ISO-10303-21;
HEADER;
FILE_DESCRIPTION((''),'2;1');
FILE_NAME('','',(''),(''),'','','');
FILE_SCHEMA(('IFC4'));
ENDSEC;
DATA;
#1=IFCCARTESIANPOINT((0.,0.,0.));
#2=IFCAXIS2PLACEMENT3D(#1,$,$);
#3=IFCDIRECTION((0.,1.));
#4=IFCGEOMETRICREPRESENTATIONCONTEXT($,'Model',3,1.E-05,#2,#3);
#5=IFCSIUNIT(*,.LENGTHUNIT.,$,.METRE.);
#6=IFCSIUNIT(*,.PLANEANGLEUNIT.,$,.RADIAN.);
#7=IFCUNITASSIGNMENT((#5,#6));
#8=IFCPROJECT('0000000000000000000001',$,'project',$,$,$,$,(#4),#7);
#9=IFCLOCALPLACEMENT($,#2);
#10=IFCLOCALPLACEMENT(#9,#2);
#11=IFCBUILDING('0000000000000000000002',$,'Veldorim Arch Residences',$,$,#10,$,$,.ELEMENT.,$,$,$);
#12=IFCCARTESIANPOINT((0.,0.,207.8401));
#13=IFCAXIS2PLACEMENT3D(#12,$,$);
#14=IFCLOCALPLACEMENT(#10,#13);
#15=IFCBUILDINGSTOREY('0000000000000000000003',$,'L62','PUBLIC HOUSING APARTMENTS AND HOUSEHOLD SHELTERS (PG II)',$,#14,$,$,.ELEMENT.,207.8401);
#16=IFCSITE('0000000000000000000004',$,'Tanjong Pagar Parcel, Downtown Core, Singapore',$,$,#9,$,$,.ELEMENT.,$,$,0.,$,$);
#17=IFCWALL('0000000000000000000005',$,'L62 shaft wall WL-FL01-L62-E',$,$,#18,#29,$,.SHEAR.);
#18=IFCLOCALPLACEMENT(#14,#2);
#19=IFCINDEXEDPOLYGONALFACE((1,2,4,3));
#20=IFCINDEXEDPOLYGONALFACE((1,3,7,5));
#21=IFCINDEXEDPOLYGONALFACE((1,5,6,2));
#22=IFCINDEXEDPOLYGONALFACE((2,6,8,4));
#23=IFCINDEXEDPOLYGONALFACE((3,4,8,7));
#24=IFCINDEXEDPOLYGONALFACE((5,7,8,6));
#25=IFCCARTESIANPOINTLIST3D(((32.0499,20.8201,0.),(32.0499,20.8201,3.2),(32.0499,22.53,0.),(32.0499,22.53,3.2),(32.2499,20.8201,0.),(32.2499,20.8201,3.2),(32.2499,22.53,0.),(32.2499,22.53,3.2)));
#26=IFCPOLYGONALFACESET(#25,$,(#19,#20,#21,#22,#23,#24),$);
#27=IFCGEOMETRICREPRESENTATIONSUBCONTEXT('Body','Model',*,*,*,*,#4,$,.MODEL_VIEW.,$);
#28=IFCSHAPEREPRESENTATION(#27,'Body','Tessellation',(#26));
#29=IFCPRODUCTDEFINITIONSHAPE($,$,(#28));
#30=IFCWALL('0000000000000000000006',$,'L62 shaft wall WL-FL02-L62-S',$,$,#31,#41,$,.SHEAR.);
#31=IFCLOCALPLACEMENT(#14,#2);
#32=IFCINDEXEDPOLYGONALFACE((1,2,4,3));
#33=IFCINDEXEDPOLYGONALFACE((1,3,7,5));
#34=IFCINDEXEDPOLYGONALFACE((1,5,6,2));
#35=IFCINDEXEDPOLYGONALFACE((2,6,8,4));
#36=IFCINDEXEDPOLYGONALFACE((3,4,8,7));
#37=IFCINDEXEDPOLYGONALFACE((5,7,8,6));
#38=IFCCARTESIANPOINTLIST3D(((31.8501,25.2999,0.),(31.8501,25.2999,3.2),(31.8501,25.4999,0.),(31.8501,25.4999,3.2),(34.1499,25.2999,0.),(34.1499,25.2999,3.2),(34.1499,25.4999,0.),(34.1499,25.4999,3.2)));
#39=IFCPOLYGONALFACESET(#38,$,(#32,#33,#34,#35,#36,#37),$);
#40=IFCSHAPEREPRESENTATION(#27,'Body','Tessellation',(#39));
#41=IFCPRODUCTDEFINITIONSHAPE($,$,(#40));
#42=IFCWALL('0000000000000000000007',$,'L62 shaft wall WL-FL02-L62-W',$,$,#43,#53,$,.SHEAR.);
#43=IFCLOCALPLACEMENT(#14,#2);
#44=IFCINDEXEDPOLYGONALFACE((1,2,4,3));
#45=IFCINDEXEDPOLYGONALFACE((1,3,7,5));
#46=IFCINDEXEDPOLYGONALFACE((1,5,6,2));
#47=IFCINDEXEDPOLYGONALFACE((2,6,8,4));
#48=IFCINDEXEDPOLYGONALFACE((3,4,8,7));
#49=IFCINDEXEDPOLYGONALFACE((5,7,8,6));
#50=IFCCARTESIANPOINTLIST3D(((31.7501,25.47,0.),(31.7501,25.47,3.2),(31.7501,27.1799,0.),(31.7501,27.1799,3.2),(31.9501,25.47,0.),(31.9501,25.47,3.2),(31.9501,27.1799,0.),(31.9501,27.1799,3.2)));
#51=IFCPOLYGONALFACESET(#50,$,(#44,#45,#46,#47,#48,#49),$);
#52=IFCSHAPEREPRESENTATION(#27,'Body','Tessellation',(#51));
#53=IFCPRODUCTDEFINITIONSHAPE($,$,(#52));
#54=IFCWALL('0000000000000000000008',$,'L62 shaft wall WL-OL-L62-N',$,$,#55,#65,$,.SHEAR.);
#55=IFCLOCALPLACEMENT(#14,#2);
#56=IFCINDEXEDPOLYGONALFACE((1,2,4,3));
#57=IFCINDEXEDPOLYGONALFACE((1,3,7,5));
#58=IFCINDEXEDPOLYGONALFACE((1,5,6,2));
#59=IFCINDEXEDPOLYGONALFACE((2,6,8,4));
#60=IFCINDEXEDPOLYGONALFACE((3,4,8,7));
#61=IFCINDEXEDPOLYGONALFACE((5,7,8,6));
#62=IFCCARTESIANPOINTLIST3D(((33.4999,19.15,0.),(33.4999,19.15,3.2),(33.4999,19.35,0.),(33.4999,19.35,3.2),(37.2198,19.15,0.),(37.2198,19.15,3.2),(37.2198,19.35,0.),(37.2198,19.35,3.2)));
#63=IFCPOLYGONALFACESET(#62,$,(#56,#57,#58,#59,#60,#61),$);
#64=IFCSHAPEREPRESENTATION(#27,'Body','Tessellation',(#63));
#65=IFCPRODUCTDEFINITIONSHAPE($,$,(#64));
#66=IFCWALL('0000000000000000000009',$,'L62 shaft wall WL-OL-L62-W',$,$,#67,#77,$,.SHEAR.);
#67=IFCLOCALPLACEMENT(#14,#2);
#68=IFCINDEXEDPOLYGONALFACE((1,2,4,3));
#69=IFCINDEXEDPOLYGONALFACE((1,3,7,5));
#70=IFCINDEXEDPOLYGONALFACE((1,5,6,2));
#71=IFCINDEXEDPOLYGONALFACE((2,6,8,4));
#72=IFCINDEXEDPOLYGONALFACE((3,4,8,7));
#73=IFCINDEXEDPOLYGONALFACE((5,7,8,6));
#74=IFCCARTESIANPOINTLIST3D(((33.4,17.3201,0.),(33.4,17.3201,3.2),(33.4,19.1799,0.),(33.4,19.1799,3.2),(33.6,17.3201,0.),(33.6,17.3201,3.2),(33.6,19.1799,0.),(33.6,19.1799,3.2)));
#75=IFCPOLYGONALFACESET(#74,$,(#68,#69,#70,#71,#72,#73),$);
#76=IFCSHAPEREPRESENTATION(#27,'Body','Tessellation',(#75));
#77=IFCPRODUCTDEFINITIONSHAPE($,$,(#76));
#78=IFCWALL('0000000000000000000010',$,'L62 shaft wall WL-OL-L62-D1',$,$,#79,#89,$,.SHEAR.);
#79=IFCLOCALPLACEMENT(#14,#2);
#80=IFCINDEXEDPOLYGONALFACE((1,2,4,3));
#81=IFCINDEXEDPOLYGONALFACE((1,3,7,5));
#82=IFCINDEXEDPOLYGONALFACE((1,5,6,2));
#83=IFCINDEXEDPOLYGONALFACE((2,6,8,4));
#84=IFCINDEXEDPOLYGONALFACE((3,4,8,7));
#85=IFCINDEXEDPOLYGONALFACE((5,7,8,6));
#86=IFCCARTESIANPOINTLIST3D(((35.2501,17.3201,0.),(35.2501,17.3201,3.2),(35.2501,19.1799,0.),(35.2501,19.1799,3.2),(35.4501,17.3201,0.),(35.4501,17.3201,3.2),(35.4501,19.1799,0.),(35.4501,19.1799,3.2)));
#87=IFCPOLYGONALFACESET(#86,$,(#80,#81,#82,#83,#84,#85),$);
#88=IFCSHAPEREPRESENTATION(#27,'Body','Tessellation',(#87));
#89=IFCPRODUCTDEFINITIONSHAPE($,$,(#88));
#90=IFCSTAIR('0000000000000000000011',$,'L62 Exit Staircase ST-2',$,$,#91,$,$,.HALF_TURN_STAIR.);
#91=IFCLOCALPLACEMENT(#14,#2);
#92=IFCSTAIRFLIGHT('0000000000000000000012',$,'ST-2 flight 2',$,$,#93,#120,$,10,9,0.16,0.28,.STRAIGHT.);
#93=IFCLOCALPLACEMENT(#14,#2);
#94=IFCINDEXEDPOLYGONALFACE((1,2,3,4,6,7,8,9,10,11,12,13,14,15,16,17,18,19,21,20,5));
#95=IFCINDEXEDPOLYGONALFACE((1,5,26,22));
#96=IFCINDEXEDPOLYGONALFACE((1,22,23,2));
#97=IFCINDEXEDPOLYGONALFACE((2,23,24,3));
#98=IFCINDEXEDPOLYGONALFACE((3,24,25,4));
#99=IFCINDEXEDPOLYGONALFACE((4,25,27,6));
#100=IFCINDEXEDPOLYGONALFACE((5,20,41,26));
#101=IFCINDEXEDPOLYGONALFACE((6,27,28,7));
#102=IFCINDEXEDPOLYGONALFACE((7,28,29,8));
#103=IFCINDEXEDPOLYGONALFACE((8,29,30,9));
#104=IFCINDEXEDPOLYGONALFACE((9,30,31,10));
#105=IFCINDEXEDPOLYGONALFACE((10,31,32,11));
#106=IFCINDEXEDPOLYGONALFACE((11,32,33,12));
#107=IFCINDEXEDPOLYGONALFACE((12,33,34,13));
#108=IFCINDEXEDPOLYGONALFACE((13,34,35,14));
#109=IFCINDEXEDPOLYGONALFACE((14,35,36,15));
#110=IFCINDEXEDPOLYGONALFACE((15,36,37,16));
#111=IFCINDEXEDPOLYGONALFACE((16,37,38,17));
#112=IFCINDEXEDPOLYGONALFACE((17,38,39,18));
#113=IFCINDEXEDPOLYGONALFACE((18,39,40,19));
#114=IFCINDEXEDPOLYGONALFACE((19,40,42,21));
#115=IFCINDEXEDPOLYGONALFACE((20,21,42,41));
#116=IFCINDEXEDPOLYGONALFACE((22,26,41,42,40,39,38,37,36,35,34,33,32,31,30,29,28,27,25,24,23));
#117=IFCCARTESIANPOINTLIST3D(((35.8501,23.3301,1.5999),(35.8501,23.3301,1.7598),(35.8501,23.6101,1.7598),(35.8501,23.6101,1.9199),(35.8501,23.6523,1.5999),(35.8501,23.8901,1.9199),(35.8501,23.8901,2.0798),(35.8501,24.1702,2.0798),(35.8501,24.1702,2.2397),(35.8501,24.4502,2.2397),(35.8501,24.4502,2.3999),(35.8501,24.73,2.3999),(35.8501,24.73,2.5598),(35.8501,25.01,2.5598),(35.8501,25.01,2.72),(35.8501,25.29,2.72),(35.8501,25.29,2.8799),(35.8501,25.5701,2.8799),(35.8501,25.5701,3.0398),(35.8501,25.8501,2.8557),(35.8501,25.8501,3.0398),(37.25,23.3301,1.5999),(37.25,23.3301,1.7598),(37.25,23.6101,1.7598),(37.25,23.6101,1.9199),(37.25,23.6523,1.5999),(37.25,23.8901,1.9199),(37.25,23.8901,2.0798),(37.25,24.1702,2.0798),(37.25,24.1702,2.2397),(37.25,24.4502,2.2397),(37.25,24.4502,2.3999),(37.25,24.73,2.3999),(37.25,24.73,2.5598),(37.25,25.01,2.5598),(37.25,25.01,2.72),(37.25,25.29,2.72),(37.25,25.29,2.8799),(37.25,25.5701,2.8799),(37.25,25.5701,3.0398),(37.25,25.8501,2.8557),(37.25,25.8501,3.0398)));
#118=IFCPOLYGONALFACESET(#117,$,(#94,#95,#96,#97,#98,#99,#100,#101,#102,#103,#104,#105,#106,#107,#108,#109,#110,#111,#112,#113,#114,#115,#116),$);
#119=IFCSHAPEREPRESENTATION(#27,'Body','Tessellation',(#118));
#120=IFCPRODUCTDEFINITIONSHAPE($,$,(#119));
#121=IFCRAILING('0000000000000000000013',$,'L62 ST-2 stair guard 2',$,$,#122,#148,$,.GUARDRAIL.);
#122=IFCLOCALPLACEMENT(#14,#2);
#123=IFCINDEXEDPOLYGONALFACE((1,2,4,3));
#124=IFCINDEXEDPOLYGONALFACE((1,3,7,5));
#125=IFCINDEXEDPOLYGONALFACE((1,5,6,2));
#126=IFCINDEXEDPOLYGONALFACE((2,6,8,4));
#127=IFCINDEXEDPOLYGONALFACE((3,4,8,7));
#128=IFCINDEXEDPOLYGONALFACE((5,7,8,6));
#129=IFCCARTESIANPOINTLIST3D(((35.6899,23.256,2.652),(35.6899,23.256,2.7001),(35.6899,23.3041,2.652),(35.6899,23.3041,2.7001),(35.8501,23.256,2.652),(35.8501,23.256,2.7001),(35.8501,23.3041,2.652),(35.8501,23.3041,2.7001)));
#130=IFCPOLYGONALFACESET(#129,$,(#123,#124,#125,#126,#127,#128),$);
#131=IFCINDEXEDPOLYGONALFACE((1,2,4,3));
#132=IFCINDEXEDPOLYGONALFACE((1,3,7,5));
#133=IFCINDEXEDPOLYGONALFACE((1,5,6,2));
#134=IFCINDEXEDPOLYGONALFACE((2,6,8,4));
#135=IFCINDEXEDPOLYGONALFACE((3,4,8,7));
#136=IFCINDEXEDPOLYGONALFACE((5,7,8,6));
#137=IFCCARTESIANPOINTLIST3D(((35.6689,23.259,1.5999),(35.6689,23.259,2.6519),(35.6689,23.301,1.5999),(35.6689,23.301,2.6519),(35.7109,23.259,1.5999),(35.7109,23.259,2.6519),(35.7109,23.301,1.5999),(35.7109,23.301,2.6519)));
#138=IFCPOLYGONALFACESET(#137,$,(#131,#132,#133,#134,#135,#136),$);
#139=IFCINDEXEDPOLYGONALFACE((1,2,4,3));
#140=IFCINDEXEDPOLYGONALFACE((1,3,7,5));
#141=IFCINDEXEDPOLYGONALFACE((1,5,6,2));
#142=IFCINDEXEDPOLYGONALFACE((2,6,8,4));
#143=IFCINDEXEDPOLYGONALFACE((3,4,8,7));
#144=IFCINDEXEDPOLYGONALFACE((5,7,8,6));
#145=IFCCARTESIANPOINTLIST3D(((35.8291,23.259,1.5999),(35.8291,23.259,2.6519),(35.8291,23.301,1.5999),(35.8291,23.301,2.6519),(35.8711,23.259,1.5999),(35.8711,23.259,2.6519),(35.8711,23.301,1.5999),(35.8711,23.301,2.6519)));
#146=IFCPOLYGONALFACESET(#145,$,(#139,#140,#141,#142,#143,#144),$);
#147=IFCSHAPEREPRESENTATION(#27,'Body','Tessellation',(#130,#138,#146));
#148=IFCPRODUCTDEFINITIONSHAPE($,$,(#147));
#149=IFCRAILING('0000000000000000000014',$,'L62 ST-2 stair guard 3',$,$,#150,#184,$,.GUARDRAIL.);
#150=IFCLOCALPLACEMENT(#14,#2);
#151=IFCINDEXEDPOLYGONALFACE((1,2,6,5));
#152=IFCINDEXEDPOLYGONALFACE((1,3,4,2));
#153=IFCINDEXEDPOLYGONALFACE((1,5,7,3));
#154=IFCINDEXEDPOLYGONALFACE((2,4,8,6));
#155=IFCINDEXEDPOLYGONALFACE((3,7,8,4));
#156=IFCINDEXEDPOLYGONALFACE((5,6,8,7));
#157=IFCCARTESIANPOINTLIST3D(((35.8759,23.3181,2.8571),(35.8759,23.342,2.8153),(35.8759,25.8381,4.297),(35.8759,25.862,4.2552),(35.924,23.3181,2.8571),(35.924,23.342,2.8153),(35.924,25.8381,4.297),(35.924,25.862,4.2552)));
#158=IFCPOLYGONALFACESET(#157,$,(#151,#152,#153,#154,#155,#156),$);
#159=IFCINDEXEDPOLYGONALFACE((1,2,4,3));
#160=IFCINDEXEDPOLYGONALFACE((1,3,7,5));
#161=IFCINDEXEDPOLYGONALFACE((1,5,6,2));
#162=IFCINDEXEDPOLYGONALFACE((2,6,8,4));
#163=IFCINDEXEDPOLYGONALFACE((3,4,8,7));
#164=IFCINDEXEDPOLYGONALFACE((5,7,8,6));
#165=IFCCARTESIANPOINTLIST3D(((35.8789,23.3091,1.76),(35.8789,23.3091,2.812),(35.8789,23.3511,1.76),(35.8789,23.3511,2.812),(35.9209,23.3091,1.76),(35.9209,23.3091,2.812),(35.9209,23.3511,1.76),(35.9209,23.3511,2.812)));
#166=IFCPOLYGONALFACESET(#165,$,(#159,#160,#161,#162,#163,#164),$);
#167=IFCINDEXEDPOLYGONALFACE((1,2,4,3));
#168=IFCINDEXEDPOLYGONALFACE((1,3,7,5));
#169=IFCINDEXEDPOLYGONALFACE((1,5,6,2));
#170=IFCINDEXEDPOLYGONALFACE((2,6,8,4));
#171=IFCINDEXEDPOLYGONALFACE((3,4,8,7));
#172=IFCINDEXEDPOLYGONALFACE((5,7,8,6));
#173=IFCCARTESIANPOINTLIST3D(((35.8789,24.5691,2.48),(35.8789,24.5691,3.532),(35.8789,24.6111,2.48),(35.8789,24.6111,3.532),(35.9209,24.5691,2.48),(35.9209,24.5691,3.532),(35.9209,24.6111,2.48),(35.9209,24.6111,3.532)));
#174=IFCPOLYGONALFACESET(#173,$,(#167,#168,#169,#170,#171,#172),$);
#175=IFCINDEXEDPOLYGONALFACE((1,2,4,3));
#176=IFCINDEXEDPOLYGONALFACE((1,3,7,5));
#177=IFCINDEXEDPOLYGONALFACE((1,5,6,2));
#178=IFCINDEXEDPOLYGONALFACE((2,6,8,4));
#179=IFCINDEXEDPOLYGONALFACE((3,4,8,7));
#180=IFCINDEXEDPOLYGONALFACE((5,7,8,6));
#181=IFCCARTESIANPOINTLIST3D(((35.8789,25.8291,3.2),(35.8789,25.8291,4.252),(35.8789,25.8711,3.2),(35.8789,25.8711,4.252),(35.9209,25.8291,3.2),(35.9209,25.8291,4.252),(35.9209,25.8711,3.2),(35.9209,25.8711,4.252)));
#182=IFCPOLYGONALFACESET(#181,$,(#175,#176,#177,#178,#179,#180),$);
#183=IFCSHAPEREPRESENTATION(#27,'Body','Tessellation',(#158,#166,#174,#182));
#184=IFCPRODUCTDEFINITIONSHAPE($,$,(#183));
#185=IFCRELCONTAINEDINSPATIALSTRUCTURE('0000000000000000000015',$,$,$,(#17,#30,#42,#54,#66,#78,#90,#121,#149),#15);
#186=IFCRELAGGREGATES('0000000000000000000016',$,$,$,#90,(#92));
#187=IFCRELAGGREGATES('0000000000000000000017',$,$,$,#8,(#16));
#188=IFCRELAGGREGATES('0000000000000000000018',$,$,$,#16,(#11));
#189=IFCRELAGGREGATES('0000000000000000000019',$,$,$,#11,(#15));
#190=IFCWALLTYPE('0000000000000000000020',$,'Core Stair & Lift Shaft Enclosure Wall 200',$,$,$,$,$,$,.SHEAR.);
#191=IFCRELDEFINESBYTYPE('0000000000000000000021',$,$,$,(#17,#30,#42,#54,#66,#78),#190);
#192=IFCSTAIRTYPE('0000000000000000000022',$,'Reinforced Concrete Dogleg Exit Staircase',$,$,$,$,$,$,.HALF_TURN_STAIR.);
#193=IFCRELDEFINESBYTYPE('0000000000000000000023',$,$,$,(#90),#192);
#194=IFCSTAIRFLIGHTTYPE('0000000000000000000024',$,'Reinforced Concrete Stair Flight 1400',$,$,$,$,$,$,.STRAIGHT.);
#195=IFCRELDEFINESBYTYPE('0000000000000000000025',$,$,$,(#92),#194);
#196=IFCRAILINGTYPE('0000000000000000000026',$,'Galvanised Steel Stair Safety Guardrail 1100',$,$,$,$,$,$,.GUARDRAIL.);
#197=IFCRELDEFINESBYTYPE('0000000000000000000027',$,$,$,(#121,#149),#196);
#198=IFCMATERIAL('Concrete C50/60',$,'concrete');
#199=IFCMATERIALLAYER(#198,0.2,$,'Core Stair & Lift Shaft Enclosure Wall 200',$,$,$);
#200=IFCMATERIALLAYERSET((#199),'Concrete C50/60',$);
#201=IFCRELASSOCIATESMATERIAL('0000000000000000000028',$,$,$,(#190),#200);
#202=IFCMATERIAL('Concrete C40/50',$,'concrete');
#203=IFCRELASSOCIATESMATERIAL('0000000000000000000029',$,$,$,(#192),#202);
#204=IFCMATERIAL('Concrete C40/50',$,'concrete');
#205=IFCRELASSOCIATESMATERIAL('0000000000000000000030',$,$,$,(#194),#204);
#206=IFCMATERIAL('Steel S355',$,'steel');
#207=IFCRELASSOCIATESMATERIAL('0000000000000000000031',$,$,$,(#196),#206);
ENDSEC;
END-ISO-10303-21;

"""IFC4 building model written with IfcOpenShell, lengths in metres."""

from ifc_helpers import new_model, si_unit, direction, frame, frame_2d, origin, origin_2d, place, context, subcontext, project, spatial, polyline, rectangle, outline, extrude, material, layer, layer_set, type_object, element, aggregate, save


model = new_model("IFC4")

# Units and contexts
model_context = context("Model", 3, precision=1e-05, world=origin(), true_north=direction((0.0, 1.0)))
body_context = subcontext(model_context, "Body", "Model", "MODEL_VIEW")
ifc_project = project(units=[si_unit("LENGTHUNIT", "METRE"), si_unit("PLANEANGLEUNIT", "RADIAN")], contexts=[model_context])

# Site, building, storey
site_placement = place(None, origin())
site = spatial("IfcSite", under=ifc_project, at=site_placement, Name="Tanjong Pagar Parcel, Downtown Core, Singapore", CompositionType="ELEMENT", RefElevation=0.0)
building_placement = place(site_placement, origin())
building = spatial("IfcBuilding", under=site, at=building_placement, Name="Veldorim Arch Residences", CompositionType="ELEMENT")
storey_placement = place(building_placement, frame((0.0, 0.0, 207.8401)))
storey = spatial("IfcBuildingStorey", under=building, at=storey_placement, Name="L62", Description="PUBLIC HOUSING APARTMENTS AND HOUSEHOLD SHELTERS (PG II)", CompositionType="ELEMENT", Elevation=207.8401)

# Walls
ifc_material_1 = material(Name="Concrete C50/60", Category="concrete")
ifc_layer_1 = layer(ifc_material_1, 0.2, Name="Core Stair & Lift Shaft Enclosure Wall 200")
ifc_layer_set_1 = layer_set([ifc_layer_1], Name="Concrete C50/60")
wall_type_1 = type_object("IfcWallType", Name="Core Stair & Lift Shaft Enclosure Wall 200", PredefinedType="SHEAR", material=ifc_layer_set_1)
wall_1_placement = place(storey_placement, frame((32.1499, 20.8201, 0.0), z_axis=(0.0, 0.0, 1.0), x_axis=(0.0, 1.0, 0.0)))
element("IfcWall", 1, at=wall_1_placement, inside=storey, type_object=wall_type_1, Name="L62 shaft wall WL-FL01-L62-E", PredefinedType="SHEAR", context=body_context, shape_type="SweptSolid", body=[
    extrude(rectangle(XDim=1.71, YDim=0.2, at=frame_2d((0.855, 0.0))), origin(), (0.0, 0.0, 1.0), 3.2),
])
wall_2_placement = place(storey_placement, frame((31.8501, 25.3999, 0.0), z_axis=(0.0, 0.0, 1.0), x_axis=(1.0, 0.0, 0.0)))
element("IfcWall", 2, at=wall_2_placement, inside=storey, type_object=wall_type_1, Name="L62 shaft wall WL-FL02-L62-S", PredefinedType="SHEAR", context=body_context, shape_type="SweptSolid", body=[
    extrude(rectangle(XDim=2.2998, YDim=0.2, at=frame_2d((1.1499, 0.0))), origin(), (0.0, 0.0, 1.0), 3.2),
])
wall_3_placement = place(storey_placement, frame((31.8501, 25.47, 0.0), z_axis=(0.0, 0.0, 1.0), x_axis=(0.0, 1.0, 0.0)))
element("IfcWall", 3, at=wall_3_placement, inside=storey, type_object=wall_type_1, Name="L62 shaft wall WL-FL02-L62-W", PredefinedType="SHEAR", context=body_context, shape_type="SweptSolid", body=[
    extrude(rectangle(XDim=1.71, YDim=0.2, at=frame_2d((0.855, 0.0))), origin(), (0.0, 0.0, 1.0), 3.2),
])
wall_4_placement = place(storey_placement, frame((33.5, 19.25, 0.0), z_axis=(0.0, 0.0, 1.0), x_axis=(1.0, 0.0, 0.0)))
element("IfcWall", 4, at=wall_4_placement, inside=storey, type_object=wall_type_1, Name="L62 shaft wall WL-OL-L62-N", PredefinedType="SHEAR", context=body_context, shape_type="SweptSolid", body=[
    extrude(rectangle(XDim=3.72, YDim=0.2, at=frame_2d((1.8599, 0.0))), origin(), (0.0, 0.0, 1.0), 3.2),
])
for number, where, z_axis, x_axis, name in (
    (5, (33.5, 17.3201, 0.0), (0.0, 0.0, 1.0), (0.0, 1.0, 0.0), "L62 shaft wall WL-OL-L62-W"),
    (6, (35.3501, 17.3201, 0.0), (0.0, 0.0, 1.0), (0.0, 1.0, 0.0), "L62 shaft wall WL-OL-L62-D1"),
):
    element("IfcWall", number, at=place(storey_placement, frame(where, z_axis=z_axis, x_axis=x_axis)), inside=storey, type_object=wall_type_1, Name=name, PredefinedType="SHEAR", context=body_context, shape_type="SweptSolid", body=[
        extrude(rectangle(XDim=1.8599, YDim=0.2, at=frame_2d((0.9299, 0.0))), origin(), (0.0, 0.0, 1.0), 3.2),
    ])

# Stair, stair flight
ifc_material_2 = material(Name="Concrete C40/50", Category="concrete")
stair_type = type_object("IfcStairType", Name="Reinforced Concrete Dogleg Exit Staircase", PredefinedType="HALF_TURN_STAIR", material=ifc_material_2)
stair_placement = place(storey_placement, origin())
stair = element("IfcStair", 7, at=stair_placement, inside=storey, type_object=stair_type, Name="L62 Exit Staircase ST-2", PredefinedType="HALF_TURN_STAIR")
ifc_material_3 = material(Name="Concrete C40/50", Category="concrete")
stair_flight_type = type_object("IfcStairFlightType", Name="Reinforced Concrete Stair Flight 1400", PredefinedType="STRAIGHT", material=ifc_material_3)
stair_flight_placement = place(storey_placement, frame((36.55, 23.3301, 1.5999), z_axis=(0.0, 0.0, 1.0), x_axis=(0.0, 1.0, 0.0)))
stair_flight = element("IfcStairFlight", 8, at=stair_flight_placement, type_object=stair_flight_type, Name="ST-2 flight 2", NumberOfRisers=10, NumberOfTreads=9, PredefinedType="STRAIGHT", RiserHeight=0.16, TreadLength=0.28, context=body_context, shape_type="SweptSolid", body=[
    extrude(outline(polyline([(0.0, 0.0), (0.0, 0.1599), (0.28, 0.1599), (0.28, 0.3201), (0.5601, 0.3201), (0.5601, 0.48), (0.8401, 0.48), (0.8401, 0.6399), (1.1201, 0.6399), (1.1201, 0.8), (1.3999, 0.8), (1.3999, 0.96), (1.6799, 0.96), (1.6799, 1.1201), (1.96, 1.1201), (1.96, 1.28), (2.24, 1.28), (2.24, 1.4399), (2.52, 1.4399), (2.52, 1.6001), (2.52, 1.2559), (0.3223, 0.0), (0.0, 0.0)])), frame((0.0, 0.7, 0.0), z_axis=(0.0, -1.0, 0.0), x_axis=(1.0, 0.0, 0.0)), (0.0, 0.0, 1.0), 1.3999),
])
aggregate(stair, [stair_flight])

# Railings
ifc_material_4 = material(Name="Steel S355", Category="steel")
railing_type_1 = type_object("IfcRailingType", Name="Galvanised Steel Stair Safety Guardrail 1100", PredefinedType="GUARDRAIL", material=ifc_material_4)
railing_1_placement = place(storey_placement, frame((35.6899, 23.28, 1.5999)))
element("IfcRailing", 9, at=railing_1_placement, inside=storey, type_object=railing_type_1, Name="L62 ST-2 stair guard 2", PredefinedType="GUARDRAIL", context=body_context, shape_type="SweptSolid", body=[
    extrude(rectangle(XDim=0.0481, YDim=0.0481, at=origin_2d()), frame((0.0, 0.0, 1.0762), z_axis=(1.0, 0.0, 0.0), x_axis=(0.0, 1.0, 0.0)), (0.0, 0.0, 1.0), 0.1602),
    extrude(rectangle(XDim=0.042, YDim=0.042, at=origin_2d()), origin(), (0.0, 0.0, 1.0), 1.052),
    extrude(rectangle(XDim=0.042, YDim=0.042, at=origin_2d()), frame((0.1602, 0.0, 0.0)), (0.0, 0.0, 1.0), 1.052),
])
railing_2_placement = place(storey_placement, frame((35.8999, 23.3301, 1.76)))
element("IfcRailing", 10, at=railing_2_placement, inside=storey, type_object=railing_type_1, Name="L62 ST-2 stair guard 3", PredefinedType="GUARDRAIL", context=body_context, shape_type="SweptSolid", body=[
    extrude(rectangle(XDim=0.0481, YDim=0.0481, at=origin_2d()), frame((0.0, 0.0, 1.0762), z_axis=(0.0, 0.868253, 0.496121), x_axis=(-1.0, 0.0, 0.0)), (0.0, 0.0, 1.0), 2.9023),
    extrude(rectangle(XDim=0.042, YDim=0.042, at=origin_2d()), origin(), (0.0, 0.0, 1.0), 1.052),
    extrude(rectangle(XDim=0.042, YDim=0.042, at=origin_2d()), frame((0.0, 1.26, 0.72)), (0.0, 0.0, 1.0), 1.052),
    extrude(rectangle(XDim=0.042, YDim=0.042, at=origin_2d()), frame((0.0, 2.52, 1.4399)), (0.0, 0.0, 1.0), 1.052),
])

save(model, "model.ifc")
